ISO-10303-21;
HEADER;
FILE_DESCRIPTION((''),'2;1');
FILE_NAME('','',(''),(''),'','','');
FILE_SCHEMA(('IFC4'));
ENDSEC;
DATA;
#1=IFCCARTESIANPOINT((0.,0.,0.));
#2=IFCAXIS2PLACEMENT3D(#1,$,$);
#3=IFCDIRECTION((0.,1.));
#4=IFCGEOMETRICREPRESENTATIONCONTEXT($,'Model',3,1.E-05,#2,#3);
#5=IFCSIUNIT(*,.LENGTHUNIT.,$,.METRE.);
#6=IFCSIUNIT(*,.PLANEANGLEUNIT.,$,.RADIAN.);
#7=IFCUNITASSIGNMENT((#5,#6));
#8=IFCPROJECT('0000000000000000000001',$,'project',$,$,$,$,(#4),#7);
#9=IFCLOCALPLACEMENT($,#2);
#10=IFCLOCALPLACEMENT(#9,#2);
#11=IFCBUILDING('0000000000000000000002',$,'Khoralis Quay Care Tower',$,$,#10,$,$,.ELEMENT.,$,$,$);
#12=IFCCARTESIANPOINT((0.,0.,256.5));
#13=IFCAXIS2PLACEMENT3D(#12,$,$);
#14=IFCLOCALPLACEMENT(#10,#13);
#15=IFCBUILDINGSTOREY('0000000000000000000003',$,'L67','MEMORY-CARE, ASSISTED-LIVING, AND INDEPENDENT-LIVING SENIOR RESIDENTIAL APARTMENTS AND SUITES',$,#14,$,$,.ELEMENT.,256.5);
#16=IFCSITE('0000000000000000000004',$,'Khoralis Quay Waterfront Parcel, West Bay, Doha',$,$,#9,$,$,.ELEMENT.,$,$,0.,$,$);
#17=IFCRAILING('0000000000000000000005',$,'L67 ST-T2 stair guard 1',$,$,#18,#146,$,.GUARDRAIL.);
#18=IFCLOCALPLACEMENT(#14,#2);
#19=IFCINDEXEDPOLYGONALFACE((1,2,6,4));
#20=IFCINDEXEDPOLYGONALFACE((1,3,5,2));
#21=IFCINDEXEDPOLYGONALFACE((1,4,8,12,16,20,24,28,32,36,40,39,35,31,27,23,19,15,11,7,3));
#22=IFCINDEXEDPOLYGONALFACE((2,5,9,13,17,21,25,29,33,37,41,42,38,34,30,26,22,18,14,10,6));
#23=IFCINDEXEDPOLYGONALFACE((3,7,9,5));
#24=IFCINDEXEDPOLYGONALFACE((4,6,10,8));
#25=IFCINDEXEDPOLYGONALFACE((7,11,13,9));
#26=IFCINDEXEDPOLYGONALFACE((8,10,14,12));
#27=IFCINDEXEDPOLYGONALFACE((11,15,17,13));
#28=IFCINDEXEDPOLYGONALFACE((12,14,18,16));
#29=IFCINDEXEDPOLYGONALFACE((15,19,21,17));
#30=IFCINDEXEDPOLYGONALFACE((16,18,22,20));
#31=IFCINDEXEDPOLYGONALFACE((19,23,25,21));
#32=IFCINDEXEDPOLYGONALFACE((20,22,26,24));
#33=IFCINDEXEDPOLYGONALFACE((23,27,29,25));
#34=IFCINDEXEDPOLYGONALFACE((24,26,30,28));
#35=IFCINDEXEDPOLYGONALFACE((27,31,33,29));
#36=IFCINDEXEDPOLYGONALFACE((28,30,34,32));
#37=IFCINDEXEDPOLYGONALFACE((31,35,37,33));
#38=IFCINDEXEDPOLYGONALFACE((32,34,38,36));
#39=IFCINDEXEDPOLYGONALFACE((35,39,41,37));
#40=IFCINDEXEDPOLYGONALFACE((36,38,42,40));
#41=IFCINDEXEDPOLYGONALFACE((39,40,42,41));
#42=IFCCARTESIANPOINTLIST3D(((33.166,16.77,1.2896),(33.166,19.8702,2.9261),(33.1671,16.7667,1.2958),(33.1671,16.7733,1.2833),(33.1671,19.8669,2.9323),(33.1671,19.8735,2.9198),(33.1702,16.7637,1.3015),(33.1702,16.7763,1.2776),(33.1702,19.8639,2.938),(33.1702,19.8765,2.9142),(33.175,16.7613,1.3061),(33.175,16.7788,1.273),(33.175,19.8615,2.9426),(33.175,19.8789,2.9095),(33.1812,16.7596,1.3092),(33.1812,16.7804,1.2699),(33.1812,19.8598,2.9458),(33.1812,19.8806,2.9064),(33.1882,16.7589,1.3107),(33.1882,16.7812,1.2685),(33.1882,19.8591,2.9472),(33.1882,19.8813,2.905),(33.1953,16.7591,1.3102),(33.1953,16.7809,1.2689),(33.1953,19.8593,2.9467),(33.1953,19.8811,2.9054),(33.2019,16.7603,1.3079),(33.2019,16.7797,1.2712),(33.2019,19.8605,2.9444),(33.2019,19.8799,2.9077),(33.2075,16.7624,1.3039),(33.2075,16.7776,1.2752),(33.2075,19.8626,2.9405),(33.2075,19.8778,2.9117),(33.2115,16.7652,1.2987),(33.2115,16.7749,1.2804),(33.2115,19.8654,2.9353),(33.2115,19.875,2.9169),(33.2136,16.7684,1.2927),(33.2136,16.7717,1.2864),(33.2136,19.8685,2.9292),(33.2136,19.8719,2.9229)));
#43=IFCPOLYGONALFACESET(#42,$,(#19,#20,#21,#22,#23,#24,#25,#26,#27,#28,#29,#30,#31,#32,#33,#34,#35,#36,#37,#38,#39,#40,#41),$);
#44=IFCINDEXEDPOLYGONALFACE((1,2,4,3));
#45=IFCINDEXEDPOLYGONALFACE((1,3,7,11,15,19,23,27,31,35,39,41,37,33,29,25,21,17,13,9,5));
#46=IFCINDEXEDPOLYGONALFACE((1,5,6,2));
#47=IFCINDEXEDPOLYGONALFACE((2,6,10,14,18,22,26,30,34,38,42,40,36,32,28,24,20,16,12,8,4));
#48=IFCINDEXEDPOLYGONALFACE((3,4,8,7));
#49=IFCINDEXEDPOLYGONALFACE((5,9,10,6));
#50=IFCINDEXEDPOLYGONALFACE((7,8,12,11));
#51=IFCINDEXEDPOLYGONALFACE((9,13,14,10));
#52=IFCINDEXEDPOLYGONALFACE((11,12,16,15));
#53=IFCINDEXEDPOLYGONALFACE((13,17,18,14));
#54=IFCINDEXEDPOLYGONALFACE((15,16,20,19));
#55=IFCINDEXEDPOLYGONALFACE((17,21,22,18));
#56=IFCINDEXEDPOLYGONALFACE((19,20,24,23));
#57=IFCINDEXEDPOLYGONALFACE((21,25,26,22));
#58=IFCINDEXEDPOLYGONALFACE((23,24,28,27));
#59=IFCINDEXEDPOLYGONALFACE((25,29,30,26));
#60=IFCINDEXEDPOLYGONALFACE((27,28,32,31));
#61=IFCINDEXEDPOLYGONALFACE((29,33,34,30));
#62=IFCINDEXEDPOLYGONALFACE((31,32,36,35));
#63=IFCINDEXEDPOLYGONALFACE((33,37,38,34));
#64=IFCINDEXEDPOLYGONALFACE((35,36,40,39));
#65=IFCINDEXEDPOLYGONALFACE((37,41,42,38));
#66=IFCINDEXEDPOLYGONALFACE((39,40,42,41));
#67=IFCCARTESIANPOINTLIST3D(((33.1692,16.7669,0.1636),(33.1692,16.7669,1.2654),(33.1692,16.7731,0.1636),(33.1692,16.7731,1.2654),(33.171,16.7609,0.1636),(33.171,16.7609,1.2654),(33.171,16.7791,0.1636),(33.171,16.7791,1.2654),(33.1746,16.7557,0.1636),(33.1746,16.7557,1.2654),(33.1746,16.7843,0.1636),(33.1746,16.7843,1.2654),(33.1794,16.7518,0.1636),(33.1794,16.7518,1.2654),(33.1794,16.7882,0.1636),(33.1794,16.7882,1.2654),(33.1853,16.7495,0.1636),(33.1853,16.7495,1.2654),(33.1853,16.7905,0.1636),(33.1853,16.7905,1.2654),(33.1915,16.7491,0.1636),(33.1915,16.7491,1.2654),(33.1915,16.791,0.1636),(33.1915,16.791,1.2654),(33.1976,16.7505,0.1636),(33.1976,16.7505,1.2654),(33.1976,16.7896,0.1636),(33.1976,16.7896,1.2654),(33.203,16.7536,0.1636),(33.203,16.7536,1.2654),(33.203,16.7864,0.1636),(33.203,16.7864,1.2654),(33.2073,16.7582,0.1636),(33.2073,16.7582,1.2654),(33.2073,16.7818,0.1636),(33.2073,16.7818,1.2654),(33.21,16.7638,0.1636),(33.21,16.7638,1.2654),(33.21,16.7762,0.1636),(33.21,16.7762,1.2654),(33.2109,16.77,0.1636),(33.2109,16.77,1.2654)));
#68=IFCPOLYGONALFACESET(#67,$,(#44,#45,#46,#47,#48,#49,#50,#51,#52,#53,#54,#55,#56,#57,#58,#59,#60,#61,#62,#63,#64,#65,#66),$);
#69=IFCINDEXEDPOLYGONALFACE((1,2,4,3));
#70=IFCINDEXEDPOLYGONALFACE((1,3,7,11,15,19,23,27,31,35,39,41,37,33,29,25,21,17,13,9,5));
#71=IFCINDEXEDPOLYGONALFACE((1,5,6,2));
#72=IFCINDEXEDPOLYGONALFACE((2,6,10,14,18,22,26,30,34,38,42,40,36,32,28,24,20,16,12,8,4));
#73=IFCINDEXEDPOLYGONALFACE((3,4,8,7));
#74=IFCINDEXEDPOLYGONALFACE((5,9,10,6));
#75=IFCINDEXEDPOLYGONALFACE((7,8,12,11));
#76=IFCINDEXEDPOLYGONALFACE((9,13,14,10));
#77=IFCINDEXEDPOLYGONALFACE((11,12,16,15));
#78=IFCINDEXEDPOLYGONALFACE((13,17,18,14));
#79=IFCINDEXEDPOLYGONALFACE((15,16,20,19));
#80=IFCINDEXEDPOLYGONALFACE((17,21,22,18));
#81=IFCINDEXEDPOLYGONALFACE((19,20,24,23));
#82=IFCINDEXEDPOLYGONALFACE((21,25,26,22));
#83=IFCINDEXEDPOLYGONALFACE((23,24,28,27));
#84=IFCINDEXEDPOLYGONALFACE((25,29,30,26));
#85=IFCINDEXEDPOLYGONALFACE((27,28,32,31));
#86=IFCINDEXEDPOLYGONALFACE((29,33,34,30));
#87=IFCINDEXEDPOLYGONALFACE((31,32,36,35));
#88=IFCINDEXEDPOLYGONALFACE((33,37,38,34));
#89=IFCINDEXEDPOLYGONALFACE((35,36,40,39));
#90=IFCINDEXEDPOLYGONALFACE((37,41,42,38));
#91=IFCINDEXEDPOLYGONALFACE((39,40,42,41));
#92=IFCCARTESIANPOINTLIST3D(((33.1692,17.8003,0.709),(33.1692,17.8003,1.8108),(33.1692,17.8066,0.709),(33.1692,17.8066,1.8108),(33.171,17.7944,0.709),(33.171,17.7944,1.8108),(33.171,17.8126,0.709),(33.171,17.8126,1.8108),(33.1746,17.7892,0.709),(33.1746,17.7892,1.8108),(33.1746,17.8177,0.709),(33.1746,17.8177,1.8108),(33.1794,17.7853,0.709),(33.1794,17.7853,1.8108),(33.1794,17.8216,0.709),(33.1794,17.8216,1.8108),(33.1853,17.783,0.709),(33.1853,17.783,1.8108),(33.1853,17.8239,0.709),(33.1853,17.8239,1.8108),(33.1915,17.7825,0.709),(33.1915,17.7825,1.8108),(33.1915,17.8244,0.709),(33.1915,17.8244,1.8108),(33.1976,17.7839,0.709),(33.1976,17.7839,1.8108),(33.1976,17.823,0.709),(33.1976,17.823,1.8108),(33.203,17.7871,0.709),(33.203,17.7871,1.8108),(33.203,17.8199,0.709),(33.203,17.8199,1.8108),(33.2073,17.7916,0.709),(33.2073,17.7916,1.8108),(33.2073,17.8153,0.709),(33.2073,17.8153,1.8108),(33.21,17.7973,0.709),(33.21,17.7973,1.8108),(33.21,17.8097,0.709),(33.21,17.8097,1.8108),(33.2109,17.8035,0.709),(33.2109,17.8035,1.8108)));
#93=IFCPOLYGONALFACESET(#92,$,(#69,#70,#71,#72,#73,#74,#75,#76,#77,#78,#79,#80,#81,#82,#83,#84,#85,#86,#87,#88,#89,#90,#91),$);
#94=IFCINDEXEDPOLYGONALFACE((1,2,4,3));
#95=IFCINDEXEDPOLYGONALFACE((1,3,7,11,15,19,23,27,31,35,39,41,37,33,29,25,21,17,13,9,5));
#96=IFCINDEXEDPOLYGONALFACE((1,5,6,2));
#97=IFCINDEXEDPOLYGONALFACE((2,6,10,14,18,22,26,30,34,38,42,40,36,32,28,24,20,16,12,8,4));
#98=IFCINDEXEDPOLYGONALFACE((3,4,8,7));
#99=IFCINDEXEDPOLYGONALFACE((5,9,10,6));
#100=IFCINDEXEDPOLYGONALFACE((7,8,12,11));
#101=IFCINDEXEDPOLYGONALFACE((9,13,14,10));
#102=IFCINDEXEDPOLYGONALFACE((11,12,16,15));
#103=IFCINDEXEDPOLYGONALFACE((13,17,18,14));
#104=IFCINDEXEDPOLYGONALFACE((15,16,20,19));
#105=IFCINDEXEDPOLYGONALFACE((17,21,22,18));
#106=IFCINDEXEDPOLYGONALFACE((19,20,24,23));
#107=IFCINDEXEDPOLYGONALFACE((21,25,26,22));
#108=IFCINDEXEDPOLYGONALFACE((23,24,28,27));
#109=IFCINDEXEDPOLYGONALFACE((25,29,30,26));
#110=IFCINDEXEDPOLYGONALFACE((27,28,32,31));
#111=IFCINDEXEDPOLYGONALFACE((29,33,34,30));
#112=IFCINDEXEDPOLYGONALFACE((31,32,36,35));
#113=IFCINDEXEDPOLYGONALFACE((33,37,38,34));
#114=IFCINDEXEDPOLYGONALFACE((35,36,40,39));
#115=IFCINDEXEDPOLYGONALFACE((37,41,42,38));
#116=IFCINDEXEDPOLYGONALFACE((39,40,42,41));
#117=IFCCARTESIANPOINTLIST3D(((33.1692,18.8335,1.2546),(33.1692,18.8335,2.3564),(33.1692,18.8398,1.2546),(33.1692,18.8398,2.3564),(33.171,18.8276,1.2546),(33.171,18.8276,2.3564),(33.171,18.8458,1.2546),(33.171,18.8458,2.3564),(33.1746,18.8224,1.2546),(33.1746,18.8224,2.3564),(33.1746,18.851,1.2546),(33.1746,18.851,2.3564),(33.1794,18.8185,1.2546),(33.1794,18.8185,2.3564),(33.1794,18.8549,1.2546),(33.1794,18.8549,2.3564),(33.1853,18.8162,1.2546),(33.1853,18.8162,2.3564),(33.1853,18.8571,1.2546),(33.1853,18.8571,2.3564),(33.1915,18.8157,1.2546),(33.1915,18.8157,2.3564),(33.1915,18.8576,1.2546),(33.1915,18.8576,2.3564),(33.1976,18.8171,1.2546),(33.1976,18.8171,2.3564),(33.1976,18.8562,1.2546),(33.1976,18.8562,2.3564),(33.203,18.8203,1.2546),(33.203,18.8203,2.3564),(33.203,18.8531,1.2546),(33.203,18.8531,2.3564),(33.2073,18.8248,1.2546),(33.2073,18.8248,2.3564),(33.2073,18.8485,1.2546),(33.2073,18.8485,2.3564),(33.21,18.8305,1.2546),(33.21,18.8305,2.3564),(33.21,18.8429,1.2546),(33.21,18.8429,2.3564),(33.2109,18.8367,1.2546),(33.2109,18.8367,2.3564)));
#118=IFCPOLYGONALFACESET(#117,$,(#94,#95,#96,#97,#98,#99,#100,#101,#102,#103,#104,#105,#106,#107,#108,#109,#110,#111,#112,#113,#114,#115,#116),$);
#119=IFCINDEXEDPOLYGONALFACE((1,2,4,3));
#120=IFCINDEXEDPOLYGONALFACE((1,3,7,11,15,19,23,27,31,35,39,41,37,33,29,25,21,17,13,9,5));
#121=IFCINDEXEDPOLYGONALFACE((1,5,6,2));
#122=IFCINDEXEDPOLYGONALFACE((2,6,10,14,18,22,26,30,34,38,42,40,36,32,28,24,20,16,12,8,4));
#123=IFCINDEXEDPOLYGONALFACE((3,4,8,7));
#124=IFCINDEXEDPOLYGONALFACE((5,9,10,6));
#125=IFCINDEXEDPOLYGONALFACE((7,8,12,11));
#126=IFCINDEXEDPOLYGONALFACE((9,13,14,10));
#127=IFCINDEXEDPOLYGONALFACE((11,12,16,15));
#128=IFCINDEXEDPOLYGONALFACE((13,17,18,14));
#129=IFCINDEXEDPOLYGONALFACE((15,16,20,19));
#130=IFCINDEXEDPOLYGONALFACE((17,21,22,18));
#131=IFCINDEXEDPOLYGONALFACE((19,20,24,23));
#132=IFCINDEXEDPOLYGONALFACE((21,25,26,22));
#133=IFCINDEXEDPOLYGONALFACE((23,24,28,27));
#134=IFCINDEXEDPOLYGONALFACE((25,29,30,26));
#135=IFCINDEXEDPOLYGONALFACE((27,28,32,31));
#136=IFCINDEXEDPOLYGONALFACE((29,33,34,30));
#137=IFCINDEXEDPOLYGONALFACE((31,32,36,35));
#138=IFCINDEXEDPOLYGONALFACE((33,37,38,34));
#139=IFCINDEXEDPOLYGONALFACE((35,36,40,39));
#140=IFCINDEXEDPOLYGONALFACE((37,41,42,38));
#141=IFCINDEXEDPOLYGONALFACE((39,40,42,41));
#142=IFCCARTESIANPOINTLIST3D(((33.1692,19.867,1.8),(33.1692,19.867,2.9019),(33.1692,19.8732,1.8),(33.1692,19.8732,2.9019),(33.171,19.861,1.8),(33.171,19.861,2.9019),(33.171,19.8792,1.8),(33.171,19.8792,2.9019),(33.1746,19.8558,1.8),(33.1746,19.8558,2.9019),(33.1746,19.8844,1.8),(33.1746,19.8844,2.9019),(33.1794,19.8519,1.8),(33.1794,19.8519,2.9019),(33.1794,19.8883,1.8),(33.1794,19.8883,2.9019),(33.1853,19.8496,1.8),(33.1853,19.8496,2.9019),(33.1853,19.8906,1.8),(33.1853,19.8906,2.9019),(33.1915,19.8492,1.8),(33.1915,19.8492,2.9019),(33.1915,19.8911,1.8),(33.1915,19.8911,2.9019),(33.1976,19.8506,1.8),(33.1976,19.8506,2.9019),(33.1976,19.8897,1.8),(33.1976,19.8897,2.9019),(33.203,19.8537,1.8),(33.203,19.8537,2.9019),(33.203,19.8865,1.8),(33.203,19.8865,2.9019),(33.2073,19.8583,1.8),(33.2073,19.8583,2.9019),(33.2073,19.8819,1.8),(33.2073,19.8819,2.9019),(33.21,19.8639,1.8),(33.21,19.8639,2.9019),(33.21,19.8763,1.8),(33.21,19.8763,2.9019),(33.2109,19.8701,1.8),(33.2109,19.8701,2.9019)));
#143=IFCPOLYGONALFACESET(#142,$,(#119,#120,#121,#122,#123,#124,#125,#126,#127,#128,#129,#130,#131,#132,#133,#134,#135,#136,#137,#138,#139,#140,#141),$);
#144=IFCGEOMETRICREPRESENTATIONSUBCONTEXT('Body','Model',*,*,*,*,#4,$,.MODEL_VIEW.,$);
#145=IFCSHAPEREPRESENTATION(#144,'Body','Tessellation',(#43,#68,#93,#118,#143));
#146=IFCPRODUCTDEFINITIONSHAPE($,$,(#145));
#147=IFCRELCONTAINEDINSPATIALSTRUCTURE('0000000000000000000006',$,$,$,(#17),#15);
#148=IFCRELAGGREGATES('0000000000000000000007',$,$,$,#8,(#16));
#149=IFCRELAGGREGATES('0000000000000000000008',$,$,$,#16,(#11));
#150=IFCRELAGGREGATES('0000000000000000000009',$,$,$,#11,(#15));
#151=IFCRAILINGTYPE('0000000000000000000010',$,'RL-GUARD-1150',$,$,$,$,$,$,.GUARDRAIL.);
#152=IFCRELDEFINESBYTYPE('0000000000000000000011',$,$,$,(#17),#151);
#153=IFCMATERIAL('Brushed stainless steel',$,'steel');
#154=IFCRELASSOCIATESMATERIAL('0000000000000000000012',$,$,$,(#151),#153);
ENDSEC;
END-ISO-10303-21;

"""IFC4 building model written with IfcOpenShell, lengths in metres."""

from ifc_helpers import new_model, si_unit, direction, frame, origin, origin_2d, place, context, subcontext, project, spatial, circle, extrude, material, type_object, element, save


model = new_model("IFC4")

# Units and contexts
model_context = context("Model", 3, precision=1e-05, world=origin(), true_north=direction((0.0, 1.0)))
body_context = subcontext(model_context, "Body", "Model", "MODEL_VIEW")
ifc_project = project(units=[si_unit("LENGTHUNIT", "METRE"), si_unit("PLANEANGLEUNIT", "RADIAN")], contexts=[model_context])

# Site, building, storey
site_placement = place(None, origin())
site = spatial("IfcSite", under=ifc_project, at=site_placement, Name="Khoralis Quay Waterfront Parcel, West Bay, Doha", CompositionType="ELEMENT", RefElevation=0.0)
building_placement = place(site_placement, origin())
building = spatial("IfcBuilding", under=site, at=building_placement, Name="Khoralis Quay Care Tower", CompositionType="ELEMENT")
storey_placement = place(building_placement, frame((0.0, 0.0, 256.5)))
storey = spatial("IfcBuildingStorey", under=building, at=storey_placement, Name="L67", Description="MEMORY-CARE, ASSISTED-LIVING, AND INDEPENDENT-LIVING SENIOR RESIDENTIAL APARTMENTS AND SUITES", CompositionType="ELEMENT", Elevation=256.5)

# Railing
ifc_material_1 = material(Name="Brushed stainless steel", Category="steel")
railing_type_1 = type_object("IfcRailingType", Name="RL-GUARD-1150", PredefinedType="GUARDRAIL", material=ifc_material_1)
railing_1_placement = place(storey_placement, frame((33.1899, 16.77, 0.1636)))
element("IfcRailing", 1, at=railing_1_placement, inside=storey, type_object=railing_type_1, Name="L67 ST-T2 stair guard 1", PredefinedType="GUARDRAIL", context=body_context, shape_type="SweptSolid", body=[
    extrude(circle(Radius=0.0239, at=origin_2d()), frame((0.0, 0.0, 1.126), z_axis=(0.0, 0.884348, 0.466828), x_axis=(-1.0, 0.0, 0.0)), (0.0, 0.0, 1.0), 3.5056),
    extrude(circle(Radius=0.021, at=origin_2d()), origin(), (0.0, 0.0, 1.0), 1.1018),
    extrude(circle(Radius=0.021, at=origin_2d()), frame((0.0, 1.0334, 0.5454)), (0.0, 0.0, 1.0), 1.1018),
    extrude(circle(Radius=0.021, at=origin_2d()), frame((0.0, 2.0667, 1.0911)), (0.0, 0.0, 1.0), 1.1018),
    extrude(circle(Radius=0.021, at=origin_2d()), frame((0.0, 3.1001, 1.6365)), (0.0, 0.0, 1.0), 1.1018),
])

save(model, "model.ifc")
